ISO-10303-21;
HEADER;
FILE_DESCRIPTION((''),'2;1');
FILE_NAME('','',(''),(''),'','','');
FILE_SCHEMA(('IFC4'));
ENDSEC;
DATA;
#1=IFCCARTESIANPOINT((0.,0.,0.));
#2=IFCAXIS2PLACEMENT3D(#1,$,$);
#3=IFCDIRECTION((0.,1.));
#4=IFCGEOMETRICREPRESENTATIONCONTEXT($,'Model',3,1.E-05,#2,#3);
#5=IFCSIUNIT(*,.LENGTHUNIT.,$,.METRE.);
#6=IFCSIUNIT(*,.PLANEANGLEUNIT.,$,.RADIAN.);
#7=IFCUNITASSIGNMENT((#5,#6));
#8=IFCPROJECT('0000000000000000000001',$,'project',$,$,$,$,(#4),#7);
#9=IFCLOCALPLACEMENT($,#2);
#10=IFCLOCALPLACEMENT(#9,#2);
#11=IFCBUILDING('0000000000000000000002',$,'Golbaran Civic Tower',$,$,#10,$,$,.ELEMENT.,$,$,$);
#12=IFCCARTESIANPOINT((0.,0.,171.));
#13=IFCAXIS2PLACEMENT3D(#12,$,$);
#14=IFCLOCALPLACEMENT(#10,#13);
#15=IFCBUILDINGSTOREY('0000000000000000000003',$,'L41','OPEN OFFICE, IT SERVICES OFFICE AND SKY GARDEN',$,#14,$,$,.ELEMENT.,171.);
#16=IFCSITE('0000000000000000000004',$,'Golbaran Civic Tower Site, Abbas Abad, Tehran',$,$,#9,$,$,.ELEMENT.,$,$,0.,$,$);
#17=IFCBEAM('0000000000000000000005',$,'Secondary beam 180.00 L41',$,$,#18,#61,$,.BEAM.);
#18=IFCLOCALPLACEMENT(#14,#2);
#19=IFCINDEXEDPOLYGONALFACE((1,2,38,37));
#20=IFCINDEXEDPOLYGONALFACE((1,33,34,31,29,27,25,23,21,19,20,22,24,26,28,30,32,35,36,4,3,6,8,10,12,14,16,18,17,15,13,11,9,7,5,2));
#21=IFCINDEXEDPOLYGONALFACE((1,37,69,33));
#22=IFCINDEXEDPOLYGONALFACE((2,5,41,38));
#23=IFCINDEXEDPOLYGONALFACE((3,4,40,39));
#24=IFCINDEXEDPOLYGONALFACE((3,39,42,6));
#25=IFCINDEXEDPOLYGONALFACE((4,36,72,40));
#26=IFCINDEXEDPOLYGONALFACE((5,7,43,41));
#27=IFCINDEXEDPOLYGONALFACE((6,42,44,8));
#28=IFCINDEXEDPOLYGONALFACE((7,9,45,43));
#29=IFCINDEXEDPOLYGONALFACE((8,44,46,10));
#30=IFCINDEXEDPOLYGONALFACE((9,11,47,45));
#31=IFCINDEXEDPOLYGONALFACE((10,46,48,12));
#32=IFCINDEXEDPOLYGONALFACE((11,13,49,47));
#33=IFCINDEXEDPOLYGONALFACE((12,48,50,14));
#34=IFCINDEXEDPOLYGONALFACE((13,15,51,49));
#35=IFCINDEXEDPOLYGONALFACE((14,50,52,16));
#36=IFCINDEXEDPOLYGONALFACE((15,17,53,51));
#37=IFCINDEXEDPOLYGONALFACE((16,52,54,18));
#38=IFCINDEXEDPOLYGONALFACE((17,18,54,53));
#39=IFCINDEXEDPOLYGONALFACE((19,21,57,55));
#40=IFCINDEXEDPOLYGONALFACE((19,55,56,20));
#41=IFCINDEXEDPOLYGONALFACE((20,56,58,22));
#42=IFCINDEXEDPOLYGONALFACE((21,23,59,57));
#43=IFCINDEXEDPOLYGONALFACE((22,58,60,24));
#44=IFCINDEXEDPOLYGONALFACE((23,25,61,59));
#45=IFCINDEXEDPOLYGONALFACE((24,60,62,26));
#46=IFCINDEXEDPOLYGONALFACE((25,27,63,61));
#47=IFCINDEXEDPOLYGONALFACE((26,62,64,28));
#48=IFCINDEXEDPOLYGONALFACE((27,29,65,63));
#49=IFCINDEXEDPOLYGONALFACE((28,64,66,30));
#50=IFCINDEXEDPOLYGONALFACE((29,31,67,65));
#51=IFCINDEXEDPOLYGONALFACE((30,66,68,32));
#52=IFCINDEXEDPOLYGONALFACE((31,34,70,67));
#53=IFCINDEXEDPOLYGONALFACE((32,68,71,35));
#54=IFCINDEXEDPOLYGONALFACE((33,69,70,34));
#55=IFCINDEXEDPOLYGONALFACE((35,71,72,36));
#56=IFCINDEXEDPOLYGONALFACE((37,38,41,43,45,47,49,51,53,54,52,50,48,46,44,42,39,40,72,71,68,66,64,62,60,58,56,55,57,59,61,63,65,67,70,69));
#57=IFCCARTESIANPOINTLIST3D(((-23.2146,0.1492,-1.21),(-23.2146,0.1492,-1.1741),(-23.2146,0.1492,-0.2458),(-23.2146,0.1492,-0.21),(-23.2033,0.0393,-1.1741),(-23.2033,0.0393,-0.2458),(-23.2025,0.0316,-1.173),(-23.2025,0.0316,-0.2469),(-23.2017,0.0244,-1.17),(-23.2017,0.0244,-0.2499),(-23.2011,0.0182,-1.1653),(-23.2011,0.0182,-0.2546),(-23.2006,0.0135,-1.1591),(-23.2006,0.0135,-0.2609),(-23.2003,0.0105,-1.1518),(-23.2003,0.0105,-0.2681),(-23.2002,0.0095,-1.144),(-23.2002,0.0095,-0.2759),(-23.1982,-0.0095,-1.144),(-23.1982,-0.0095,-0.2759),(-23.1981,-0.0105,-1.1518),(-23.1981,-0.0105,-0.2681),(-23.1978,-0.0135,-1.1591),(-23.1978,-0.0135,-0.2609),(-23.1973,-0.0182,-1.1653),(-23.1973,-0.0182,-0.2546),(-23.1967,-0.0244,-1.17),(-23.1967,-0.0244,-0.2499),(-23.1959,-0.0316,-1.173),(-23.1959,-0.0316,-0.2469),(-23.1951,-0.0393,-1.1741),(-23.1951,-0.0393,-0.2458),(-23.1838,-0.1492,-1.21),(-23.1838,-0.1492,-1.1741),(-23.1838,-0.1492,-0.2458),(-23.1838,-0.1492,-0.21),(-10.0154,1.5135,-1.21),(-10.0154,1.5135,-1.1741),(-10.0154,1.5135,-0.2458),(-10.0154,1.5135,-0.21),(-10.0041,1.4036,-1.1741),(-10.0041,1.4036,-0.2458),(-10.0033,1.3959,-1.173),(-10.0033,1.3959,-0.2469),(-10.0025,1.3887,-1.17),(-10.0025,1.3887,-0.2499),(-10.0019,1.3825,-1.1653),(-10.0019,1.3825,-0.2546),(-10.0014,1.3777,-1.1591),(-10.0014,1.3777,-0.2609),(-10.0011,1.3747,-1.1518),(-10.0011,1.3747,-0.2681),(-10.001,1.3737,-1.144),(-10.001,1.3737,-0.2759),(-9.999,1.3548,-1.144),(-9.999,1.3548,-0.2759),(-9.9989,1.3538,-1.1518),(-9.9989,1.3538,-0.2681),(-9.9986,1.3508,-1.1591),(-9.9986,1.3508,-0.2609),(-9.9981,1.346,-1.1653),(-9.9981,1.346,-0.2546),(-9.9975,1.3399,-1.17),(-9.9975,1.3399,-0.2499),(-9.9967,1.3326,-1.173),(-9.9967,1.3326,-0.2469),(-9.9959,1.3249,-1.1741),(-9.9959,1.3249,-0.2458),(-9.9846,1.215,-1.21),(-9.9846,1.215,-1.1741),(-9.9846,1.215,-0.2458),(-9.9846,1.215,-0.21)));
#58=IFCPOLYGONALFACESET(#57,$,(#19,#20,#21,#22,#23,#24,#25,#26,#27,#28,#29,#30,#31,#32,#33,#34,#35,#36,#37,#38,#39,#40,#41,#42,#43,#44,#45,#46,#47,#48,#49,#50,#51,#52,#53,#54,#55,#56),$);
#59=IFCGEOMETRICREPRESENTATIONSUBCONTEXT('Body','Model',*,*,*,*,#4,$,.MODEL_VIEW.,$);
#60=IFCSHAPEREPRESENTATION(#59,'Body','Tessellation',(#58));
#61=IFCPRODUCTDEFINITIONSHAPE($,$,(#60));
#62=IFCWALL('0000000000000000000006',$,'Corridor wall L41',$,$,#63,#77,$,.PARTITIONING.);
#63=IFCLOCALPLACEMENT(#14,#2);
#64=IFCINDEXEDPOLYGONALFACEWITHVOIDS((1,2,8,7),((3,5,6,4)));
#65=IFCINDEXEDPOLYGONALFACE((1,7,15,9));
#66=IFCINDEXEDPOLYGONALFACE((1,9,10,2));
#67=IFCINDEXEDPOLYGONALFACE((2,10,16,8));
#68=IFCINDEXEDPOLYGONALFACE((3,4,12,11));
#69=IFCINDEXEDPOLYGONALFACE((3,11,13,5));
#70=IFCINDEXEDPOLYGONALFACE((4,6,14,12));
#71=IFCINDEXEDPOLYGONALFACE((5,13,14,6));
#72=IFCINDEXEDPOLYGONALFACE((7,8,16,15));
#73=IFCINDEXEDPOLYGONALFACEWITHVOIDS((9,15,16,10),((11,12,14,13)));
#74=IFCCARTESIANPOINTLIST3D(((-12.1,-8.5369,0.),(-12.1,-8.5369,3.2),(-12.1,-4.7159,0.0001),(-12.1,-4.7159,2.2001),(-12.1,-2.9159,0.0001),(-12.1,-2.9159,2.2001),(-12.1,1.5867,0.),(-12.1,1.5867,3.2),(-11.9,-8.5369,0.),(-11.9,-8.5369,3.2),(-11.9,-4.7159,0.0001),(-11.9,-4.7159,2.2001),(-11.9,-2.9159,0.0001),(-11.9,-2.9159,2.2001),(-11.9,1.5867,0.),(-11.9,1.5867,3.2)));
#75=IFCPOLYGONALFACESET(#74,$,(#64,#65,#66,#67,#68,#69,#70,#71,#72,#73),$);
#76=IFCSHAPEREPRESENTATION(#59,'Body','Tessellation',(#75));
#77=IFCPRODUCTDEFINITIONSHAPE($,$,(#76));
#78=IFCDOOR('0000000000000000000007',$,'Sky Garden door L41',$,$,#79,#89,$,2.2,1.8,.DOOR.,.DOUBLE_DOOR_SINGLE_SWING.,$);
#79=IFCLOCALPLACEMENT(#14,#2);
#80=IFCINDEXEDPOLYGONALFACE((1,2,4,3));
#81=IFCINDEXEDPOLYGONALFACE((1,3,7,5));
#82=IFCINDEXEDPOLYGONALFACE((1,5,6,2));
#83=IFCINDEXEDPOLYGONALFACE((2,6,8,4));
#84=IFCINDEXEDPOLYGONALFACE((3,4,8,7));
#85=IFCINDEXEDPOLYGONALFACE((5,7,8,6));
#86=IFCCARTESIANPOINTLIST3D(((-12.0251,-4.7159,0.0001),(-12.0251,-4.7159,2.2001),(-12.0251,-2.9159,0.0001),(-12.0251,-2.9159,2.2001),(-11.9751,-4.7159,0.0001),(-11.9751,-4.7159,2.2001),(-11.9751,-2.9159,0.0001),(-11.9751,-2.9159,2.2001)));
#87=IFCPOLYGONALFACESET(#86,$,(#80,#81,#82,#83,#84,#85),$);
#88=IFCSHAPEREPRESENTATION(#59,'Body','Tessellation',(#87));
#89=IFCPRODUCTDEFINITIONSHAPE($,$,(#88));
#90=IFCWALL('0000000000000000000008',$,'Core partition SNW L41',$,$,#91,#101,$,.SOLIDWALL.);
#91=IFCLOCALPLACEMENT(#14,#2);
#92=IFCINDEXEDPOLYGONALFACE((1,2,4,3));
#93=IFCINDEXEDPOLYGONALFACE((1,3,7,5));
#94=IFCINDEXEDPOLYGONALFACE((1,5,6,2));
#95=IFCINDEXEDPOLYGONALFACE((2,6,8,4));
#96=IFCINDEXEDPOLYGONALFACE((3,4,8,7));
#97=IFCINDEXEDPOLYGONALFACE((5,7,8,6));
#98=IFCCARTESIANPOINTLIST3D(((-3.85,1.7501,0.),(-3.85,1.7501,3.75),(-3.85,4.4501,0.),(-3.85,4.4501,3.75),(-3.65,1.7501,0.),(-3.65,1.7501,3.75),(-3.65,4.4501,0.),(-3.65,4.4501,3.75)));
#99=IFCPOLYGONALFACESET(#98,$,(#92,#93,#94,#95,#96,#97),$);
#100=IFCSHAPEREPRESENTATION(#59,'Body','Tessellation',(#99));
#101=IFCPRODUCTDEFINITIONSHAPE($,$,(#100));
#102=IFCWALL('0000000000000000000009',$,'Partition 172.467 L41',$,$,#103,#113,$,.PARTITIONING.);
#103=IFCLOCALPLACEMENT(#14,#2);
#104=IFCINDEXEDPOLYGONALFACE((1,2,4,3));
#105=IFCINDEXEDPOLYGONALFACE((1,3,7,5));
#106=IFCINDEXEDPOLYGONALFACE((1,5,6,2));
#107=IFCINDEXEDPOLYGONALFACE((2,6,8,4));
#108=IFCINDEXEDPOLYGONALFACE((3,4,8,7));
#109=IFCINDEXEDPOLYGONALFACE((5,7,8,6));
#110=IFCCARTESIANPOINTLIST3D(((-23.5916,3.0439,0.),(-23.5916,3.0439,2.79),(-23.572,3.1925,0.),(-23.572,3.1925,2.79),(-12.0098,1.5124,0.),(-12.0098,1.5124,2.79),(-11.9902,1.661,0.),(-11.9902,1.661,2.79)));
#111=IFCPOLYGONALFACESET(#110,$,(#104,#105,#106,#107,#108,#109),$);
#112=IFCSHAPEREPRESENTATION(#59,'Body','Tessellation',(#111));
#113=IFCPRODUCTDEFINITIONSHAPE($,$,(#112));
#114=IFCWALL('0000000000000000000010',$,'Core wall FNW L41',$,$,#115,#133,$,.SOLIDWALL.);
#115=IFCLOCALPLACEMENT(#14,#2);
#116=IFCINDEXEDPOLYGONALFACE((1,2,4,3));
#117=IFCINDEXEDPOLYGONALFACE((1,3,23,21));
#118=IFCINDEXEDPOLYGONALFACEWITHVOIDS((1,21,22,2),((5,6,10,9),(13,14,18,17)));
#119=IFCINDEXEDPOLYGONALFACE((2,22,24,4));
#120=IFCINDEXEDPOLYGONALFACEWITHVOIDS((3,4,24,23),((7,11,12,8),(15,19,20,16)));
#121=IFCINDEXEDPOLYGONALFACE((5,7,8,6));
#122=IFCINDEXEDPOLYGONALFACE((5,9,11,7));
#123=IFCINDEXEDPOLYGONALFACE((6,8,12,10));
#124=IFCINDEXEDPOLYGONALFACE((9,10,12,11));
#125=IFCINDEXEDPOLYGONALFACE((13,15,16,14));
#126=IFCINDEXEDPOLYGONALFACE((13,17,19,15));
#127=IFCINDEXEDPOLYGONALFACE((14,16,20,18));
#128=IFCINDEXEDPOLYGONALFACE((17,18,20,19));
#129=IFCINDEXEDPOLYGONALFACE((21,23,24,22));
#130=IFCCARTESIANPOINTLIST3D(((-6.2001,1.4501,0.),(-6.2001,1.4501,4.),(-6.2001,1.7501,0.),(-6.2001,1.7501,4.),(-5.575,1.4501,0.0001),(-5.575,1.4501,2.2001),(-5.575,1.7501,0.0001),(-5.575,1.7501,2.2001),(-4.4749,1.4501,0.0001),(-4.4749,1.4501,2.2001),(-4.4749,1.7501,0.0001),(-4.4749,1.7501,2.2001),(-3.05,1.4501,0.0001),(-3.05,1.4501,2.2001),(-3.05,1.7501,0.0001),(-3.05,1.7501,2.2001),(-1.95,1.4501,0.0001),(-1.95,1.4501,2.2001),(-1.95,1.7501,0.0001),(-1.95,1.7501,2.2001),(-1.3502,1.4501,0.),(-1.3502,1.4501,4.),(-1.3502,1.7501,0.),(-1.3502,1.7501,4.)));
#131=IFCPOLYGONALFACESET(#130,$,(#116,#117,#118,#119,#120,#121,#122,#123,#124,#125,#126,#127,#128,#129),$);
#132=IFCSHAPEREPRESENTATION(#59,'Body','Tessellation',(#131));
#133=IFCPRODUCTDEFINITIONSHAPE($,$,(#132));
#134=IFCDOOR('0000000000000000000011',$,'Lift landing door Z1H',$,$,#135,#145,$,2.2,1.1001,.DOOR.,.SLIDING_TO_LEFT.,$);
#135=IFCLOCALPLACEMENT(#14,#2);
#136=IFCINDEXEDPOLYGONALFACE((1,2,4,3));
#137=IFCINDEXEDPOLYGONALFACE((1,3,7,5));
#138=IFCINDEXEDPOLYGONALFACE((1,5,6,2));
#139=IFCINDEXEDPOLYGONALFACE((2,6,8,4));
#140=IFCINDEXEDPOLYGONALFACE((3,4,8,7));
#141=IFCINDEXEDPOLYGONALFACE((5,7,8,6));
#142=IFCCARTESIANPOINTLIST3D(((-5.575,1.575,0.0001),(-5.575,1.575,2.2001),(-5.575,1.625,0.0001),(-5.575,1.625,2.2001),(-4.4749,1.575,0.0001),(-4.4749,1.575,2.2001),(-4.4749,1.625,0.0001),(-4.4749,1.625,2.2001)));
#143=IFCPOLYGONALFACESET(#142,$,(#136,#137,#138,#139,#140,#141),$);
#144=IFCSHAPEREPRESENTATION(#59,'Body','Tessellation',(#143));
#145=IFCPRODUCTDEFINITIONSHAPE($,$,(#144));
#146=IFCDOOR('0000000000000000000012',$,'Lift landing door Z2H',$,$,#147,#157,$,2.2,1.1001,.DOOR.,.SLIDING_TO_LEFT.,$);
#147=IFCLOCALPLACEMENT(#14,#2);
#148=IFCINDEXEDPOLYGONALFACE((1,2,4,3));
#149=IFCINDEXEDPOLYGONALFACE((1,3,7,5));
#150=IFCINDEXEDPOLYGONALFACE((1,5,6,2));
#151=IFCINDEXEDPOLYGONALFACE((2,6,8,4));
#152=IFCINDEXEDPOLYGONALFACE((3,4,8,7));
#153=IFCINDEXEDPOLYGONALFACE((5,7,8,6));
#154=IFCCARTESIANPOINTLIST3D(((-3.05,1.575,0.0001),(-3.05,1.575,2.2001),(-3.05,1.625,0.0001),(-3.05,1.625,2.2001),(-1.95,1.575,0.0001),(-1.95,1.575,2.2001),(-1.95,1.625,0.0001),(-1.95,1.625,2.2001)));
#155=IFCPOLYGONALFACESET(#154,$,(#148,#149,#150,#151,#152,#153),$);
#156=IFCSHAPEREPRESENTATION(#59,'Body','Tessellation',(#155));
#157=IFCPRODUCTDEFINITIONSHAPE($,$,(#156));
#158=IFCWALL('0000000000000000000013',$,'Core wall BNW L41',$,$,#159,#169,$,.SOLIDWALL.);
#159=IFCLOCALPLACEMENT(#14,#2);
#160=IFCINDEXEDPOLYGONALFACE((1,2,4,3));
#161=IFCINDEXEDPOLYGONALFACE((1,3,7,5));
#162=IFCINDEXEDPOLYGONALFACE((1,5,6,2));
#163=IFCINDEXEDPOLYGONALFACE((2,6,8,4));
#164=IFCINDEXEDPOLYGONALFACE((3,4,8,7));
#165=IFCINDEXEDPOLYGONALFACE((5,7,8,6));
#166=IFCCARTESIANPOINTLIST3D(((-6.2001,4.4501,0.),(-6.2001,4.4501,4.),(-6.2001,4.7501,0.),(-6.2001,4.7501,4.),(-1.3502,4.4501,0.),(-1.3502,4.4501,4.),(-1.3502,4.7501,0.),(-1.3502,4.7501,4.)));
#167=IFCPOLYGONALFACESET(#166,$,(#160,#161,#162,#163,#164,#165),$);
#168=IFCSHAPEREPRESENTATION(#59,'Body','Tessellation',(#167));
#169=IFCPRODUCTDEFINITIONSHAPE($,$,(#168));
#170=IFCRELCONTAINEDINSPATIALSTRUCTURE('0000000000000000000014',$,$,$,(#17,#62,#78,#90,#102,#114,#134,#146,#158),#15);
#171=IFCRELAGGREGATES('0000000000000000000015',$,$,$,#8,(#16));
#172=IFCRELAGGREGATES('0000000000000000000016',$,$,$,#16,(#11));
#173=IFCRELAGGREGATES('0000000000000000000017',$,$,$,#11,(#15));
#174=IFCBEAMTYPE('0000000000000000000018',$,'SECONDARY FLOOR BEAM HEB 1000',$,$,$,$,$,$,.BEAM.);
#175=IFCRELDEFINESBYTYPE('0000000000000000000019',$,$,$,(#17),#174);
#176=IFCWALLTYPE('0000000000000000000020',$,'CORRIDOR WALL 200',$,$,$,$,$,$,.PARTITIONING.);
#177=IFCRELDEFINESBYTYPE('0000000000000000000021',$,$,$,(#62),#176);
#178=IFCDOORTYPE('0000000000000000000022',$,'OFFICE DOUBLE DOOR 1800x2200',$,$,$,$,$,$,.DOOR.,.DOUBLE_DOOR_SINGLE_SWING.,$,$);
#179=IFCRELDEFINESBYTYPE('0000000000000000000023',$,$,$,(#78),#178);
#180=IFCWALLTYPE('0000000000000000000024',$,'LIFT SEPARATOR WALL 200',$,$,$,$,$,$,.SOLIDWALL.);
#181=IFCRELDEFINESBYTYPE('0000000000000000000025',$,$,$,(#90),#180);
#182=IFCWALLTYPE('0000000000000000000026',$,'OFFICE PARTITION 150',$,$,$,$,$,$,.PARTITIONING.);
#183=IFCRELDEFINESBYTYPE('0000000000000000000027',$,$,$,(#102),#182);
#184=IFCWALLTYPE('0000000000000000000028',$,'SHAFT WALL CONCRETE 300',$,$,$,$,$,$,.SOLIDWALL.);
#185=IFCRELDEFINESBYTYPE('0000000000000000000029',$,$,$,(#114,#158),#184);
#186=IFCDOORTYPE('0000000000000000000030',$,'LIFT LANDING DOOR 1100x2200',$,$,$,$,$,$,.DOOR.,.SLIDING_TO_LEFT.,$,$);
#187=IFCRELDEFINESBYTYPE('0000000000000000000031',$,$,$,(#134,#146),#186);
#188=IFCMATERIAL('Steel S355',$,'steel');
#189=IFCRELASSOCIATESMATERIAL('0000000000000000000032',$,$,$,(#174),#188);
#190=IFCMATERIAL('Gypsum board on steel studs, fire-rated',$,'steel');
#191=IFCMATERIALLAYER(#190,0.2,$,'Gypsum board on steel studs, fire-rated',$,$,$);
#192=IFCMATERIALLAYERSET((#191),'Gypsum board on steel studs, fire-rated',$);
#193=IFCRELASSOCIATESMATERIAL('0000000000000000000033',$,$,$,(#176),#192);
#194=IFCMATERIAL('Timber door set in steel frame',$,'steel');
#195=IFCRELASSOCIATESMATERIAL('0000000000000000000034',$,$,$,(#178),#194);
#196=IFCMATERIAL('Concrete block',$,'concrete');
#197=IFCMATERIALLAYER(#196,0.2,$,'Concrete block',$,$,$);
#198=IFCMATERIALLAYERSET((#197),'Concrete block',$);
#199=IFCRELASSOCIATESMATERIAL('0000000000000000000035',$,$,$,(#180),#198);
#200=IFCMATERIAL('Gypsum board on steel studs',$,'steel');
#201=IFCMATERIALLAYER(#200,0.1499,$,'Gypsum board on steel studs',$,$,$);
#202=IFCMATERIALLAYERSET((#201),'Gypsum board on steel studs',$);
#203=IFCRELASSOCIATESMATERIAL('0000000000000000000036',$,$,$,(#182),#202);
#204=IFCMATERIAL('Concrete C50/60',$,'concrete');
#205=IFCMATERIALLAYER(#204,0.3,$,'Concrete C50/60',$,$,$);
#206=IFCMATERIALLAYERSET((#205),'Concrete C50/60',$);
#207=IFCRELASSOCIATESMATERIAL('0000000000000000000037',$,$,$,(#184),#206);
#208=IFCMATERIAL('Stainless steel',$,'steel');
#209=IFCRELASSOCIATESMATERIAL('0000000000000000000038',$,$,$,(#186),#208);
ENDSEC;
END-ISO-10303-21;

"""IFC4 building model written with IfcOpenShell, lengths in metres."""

from ifc_helpers import new_model, si_unit, direction, frame, frame_2d, origin, origin_2d, place, context, subcontext, project, spatial, rectangle, i_section, extrude, material, layer, layer_set, material_profile, profile_set, type_object, element, fill, save


model = new_model("IFC4")

# Units and contexts
model_context = context("Model", 3, precision=1e-05, world=origin(), true_north=direction((0.0, 1.0)))
body_context = subcontext(model_context, "Body", "Model", "MODEL_VIEW")
ifc_project = project(units=[si_unit("LENGTHUNIT", "METRE"), si_unit("PLANEANGLEUNIT", "RADIAN")], contexts=[model_context])

# Site, building, storey
site_placement = place(None, origin())
site = spatial("IfcSite", under=ifc_project, at=site_placement, Name="Golbaran Civic Tower Site, Abbas Abad, Tehran", CompositionType="ELEMENT", RefElevation=0.0)
building_placement = place(site_placement, origin())
building = spatial("IfcBuilding", under=site, at=building_placement, Name="Golbaran Civic Tower", CompositionType="ELEMENT")
storey_placement = place(building_placement, frame((0.0, 0.0, 171.0)))
storey = spatial("IfcBuildingStorey", under=building, at=storey_placement, Name="L41", Description="OPEN OFFICE, IT SERVICES OFFICE AND SKY GARDEN", CompositionType="ELEMENT", Elevation=171.0)

# Beam
ifc_material_1 = material(Name="Steel S355", Category="steel")
ifc_material_profile_1 = material_profile(ifc_material_1, i_section(OverallWidth=0.3, OverallDepth=1.0, WebThickness=0.019, FlangeThickness=0.0359, FilletRadius=0.03, at=origin_2d()), Name="HEB 1000")
ifc_profile_set_1 = profile_set([ifc_material_profile_1], Name="Steel S355")
beam_type_1 = type_object("IfcBeamType", Name="SECONDARY FLOOR BEAM HEB 1000", PredefinedType="BEAM", material=ifc_profile_set_1)
beam_1_placement = place(storey_placement, frame((-10.0, 1.3643, -0.71), z_axis=(-0.994701, -0.102811, 0.0), x_axis=(0.102811, -0.994701, 0.0)))
element("IfcBeam", 1, at=beam_1_placement, inside=storey, type_object=beam_type_1, Name="Secondary beam 180.00 L41", PredefinedType="BEAM", context=body_context, shape_type="SweptSolid", body=[
    extrude(i_section(OverallWidth=0.3, OverallDepth=1.0, WebThickness=0.019, FlangeThickness=0.0359, FilletRadius=0.03, at=origin_2d()), origin(), (0.0, 0.0, 1.0), 13.2695),
])

# Wall, opening, door
ifc_material_2 = material(Name="Gypsum board on steel studs, fire-rated", Category="steel")
ifc_layer_1 = layer(ifc_material_2, 0.2, Name="Gypsum board on steel studs, fire-rated")
ifc_layer_set_1 = layer_set([ifc_layer_1], Name="Gypsum board on steel studs, fire-rated")
wall_type_1 = type_object("IfcWallType", Name="CORRIDOR WALL 200", PredefinedType="PARTITIONING", material=ifc_layer_set_1)
wall_1_placement = place(storey_placement, frame((-12.0, 1.5867, 0.0), z_axis=(0.0, 0.0, 1.0), x_axis=(0.0, -1.0, 0.0)))
wall_1 = element("IfcWall", 2, at=wall_1_placement, inside=storey, type_object=wall_type_1, Name="Corridor wall L41", PredefinedType="PARTITIONING", context=body_context, shape_type="SweptSolid", body=[
    extrude(rectangle(XDim=10.1235, YDim=0.2, at=frame_2d((5.0618, 0.0))), origin(), (0.0, 0.0, 1.0), 3.2),
])
opening_1_placement = place(wall_1_placement, frame((4.5027, 0.0, 0.0)))
opening_1 = element("IfcOpeningElement", 3, at=opening_1_placement, cuts=wall_1, PredefinedType="OPENING", context=body_context, shape_type="SweptSolid", body=[
    extrude(rectangle(XDim=1.8, YDim=2.2, at=frame_2d((0.8999, 1.1001))), frame((0.0, 0.1099, 0.0), z_axis=(0.0, -1.0, 0.0), x_axis=(1.0, 0.0, 0.0)), (0.0, 0.0, 1.0), 0.22),
])
ifc_material_3 = material(Name="Timber door set in steel frame", Category="steel")
door_type_1 = type_object("IfcDoorType", Name="OFFICE DOUBLE DOOR 1800x2200", OperationType="DOUBLE_DOOR_SINGLE_SWING", PredefinedType="DOOR", material=ifc_material_3)
door_1_placement = place(opening_1_placement, origin())
door_1 = element("IfcDoor", 4, at=door_1_placement, inside=storey, type_object=door_type_1, Name="Sky Garden door L41", OperationType="DOUBLE_DOOR_SINGLE_SWING", OverallHeight=2.2, OverallWidth=1.8, PredefinedType="DOOR", context=body_context, shape_type="SweptSolid", body=[
    extrude(rectangle(XDim=1.8, YDim=2.2, at=frame_2d((0.8999, 1.1001))), frame((0.0, 0.0249, 0.0), z_axis=(0.0, -1.0, 0.0), x_axis=(1.0, 0.0, 0.0)), (0.0, 0.0, 1.0), 0.05),
])
fill(opening_1, door_1)

# Walls
ifc_material_4 = material(Name="Concrete block", Category="concrete")
ifc_layer_2 = layer(ifc_material_4, 0.2, Name="Concrete block")
ifc_layer_set_2 = layer_set([ifc_layer_2], Name="Concrete block")
wall_type_2 = type_object("IfcWallType", Name="LIFT SEPARATOR WALL 200", PredefinedType="SOLIDWALL", material=ifc_layer_set_2)
wall_2_placement = place(storey_placement, frame((-3.75, 1.75, 0.0), z_axis=(0.0, 0.0, 1.0), x_axis=(0.0, 1.0, 0.0)))
element("IfcWall", 5, at=wall_2_placement, inside=storey, type_object=wall_type_2, Name="Core partition SNW L41", PredefinedType="SOLIDWALL", context=body_context, shape_type="SweptSolid", body=[
    extrude(rectangle(XDim=2.7, YDim=0.2, at=frame_2d((1.3501, 0.0))), origin(), (0.0, 0.0, 1.0), 3.75),
])
ifc_material_5 = material(Name="Gypsum board on steel studs", Category="steel")
ifc_layer_3 = layer(ifc_material_5, 0.1499, Name="Gypsum board on steel studs")
ifc_layer_set_3 = layer_set([ifc_layer_3], Name="Gypsum board on steel studs")
wall_type_3 = type_object("IfcWallType", Name="OFFICE PARTITION 150", PredefinedType="PARTITIONING", material=ifc_layer_set_3)
wall_3_placement = place(storey_placement, frame((-12.0, 1.5867, 0.0), z_axis=(0.0, 0.0, 1.0), x_axis=(-0.99137, 0.131092, 0.0)))
element("IfcWall", 6, at=wall_3_placement, inside=storey, type_object=wall_type_3, Name="Partition 172.467 L41", PredefinedType="PARTITIONING", context=body_context, shape_type="SweptSolid", body=[
    extrude(rectangle(XDim=11.6826, YDim=0.1499, at=frame_2d((5.8413, 0.0))), origin(), (0.0, 0.0, 1.0), 2.79),
])

# Wall, openings, doors
ifc_material_6 = material(Name="Concrete C50/60", Category="concrete")
ifc_layer_4 = layer(ifc_material_6, 0.3, Name="Concrete C50/60")
ifc_layer_set_4 = layer_set([ifc_layer_4], Name="Concrete C50/60")
wall_type_4 = type_object("IfcWallType", Name="SHAFT WALL CONCRETE 300", PredefinedType="SOLIDWALL", material=ifc_layer_set_4)
wall_4_placement = place(storey_placement, frame((-6.2, 1.6001, 0.0), z_axis=(0.0, 0.0, 1.0), x_axis=(1.0, 0.0, 0.0)))
wall_4 = element("IfcWall", 7, at=wall_4_placement, inside=storey, type_object=wall_type_4, Name="Core wall FNW L41", PredefinedType="SOLIDWALL", context=body_context, shape_type="SweptSolid", body=[
    extrude(rectangle(XDim=4.8499, YDim=0.3, at=frame_2d((2.4248, 0.0))), origin(), (0.0, 0.0, 1.0), 4.0),
])
opening_2_placement = place(wall_4_placement, frame((0.625, 0.0, 0.0)))
opening_2 = element("IfcOpeningElement", 8, at=opening_2_placement, cuts=wall_4, PredefinedType="OPENING", context=body_context, shape_type="SweptSolid", body=[
    extrude(rectangle(XDim=1.1001, YDim=2.2, at=frame_2d((0.55, 1.1001))), frame((0.0, 0.1599, 0.0), z_axis=(0.0, -1.0, 0.0), x_axis=(1.0, 0.0, 0.0)), (0.0, 0.0, 1.0), 0.3201),
])
opening_3_placement = place(wall_4_placement, frame((3.1499, 0.0, 0.0)))
opening_3 = element("IfcOpeningElement", 9, at=opening_3_placement, cuts=wall_4, PredefinedType="OPENING", context=body_context, shape_type="SweptSolid", body=[
    extrude(rectangle(XDim=1.1001, YDim=2.2, at=frame_2d((0.55, 1.1001))), frame((0.0, 0.1599, 0.0), z_axis=(0.0, -1.0, 0.0), x_axis=(1.0, 0.0, 0.0)), (0.0, 0.0, 1.0), 0.3201),
])
ifc_material_7 = material(Name="Stainless steel", Category="steel")
door_type_2 = type_object("IfcDoorType", Name="LIFT LANDING DOOR 1100x2200", OperationType="SLIDING_TO_LEFT", PredefinedType="DOOR", material=ifc_material_7)
door_2_placement = place(opening_2_placement, origin())
door_2 = element("IfcDoor", 10, at=door_2_placement, inside=storey, type_object=door_type_2, Name="Lift landing door Z1H", OperationType="SLIDING_TO_LEFT", OverallHeight=2.2, OverallWidth=1.1001, PredefinedType="DOOR", context=body_context, shape_type="SweptSolid", body=[
    extrude(rectangle(XDim=1.1001, YDim=2.2, at=frame_2d((0.55, 1.1001))), frame((0.0, 0.0249, 0.0), z_axis=(0.0, -1.0, 0.0), x_axis=(1.0, 0.0, 0.0)), (0.0, 0.0, 1.0), 0.05),
])
fill(opening_2, door_2)
door_3_placement = place(opening_3_placement, origin())
door_3 = element("IfcDoor", 11, at=door_3_placement, inside=storey, type_object=door_type_2, Name="Lift landing door Z2H", OperationType="SLIDING_TO_LEFT", OverallHeight=2.2, OverallWidth=1.1001, PredefinedType="DOOR", context=body_context, shape_type="SweptSolid", body=[
    extrude(rectangle(XDim=1.1001, YDim=2.2, at=frame_2d((0.55, 1.1001))), frame((0.0, 0.0249, 0.0), z_axis=(0.0, -1.0, 0.0), x_axis=(1.0, 0.0, 0.0)), (0.0, 0.0, 1.0), 0.05),
])
fill(opening_3, door_3)

# Wall
wall_5_placement = place(storey_placement, frame((-6.2, 4.6001, 0.0), z_axis=(0.0, 0.0, 1.0), x_axis=(1.0, 0.0, 0.0)))
element("IfcWall", 12, at=wall_5_placement, inside=storey, type_object=wall_type_4, Name="Core wall BNW L41", PredefinedType="SOLIDWALL", context=body_context, shape_type="SweptSolid", body=[
    extrude(rectangle(XDim=4.8499, YDim=0.3, at=frame_2d((2.4248, 0.0))), origin(), (0.0, 0.0, 1.0), 4.0),
])

save(model, "model.ifc")
